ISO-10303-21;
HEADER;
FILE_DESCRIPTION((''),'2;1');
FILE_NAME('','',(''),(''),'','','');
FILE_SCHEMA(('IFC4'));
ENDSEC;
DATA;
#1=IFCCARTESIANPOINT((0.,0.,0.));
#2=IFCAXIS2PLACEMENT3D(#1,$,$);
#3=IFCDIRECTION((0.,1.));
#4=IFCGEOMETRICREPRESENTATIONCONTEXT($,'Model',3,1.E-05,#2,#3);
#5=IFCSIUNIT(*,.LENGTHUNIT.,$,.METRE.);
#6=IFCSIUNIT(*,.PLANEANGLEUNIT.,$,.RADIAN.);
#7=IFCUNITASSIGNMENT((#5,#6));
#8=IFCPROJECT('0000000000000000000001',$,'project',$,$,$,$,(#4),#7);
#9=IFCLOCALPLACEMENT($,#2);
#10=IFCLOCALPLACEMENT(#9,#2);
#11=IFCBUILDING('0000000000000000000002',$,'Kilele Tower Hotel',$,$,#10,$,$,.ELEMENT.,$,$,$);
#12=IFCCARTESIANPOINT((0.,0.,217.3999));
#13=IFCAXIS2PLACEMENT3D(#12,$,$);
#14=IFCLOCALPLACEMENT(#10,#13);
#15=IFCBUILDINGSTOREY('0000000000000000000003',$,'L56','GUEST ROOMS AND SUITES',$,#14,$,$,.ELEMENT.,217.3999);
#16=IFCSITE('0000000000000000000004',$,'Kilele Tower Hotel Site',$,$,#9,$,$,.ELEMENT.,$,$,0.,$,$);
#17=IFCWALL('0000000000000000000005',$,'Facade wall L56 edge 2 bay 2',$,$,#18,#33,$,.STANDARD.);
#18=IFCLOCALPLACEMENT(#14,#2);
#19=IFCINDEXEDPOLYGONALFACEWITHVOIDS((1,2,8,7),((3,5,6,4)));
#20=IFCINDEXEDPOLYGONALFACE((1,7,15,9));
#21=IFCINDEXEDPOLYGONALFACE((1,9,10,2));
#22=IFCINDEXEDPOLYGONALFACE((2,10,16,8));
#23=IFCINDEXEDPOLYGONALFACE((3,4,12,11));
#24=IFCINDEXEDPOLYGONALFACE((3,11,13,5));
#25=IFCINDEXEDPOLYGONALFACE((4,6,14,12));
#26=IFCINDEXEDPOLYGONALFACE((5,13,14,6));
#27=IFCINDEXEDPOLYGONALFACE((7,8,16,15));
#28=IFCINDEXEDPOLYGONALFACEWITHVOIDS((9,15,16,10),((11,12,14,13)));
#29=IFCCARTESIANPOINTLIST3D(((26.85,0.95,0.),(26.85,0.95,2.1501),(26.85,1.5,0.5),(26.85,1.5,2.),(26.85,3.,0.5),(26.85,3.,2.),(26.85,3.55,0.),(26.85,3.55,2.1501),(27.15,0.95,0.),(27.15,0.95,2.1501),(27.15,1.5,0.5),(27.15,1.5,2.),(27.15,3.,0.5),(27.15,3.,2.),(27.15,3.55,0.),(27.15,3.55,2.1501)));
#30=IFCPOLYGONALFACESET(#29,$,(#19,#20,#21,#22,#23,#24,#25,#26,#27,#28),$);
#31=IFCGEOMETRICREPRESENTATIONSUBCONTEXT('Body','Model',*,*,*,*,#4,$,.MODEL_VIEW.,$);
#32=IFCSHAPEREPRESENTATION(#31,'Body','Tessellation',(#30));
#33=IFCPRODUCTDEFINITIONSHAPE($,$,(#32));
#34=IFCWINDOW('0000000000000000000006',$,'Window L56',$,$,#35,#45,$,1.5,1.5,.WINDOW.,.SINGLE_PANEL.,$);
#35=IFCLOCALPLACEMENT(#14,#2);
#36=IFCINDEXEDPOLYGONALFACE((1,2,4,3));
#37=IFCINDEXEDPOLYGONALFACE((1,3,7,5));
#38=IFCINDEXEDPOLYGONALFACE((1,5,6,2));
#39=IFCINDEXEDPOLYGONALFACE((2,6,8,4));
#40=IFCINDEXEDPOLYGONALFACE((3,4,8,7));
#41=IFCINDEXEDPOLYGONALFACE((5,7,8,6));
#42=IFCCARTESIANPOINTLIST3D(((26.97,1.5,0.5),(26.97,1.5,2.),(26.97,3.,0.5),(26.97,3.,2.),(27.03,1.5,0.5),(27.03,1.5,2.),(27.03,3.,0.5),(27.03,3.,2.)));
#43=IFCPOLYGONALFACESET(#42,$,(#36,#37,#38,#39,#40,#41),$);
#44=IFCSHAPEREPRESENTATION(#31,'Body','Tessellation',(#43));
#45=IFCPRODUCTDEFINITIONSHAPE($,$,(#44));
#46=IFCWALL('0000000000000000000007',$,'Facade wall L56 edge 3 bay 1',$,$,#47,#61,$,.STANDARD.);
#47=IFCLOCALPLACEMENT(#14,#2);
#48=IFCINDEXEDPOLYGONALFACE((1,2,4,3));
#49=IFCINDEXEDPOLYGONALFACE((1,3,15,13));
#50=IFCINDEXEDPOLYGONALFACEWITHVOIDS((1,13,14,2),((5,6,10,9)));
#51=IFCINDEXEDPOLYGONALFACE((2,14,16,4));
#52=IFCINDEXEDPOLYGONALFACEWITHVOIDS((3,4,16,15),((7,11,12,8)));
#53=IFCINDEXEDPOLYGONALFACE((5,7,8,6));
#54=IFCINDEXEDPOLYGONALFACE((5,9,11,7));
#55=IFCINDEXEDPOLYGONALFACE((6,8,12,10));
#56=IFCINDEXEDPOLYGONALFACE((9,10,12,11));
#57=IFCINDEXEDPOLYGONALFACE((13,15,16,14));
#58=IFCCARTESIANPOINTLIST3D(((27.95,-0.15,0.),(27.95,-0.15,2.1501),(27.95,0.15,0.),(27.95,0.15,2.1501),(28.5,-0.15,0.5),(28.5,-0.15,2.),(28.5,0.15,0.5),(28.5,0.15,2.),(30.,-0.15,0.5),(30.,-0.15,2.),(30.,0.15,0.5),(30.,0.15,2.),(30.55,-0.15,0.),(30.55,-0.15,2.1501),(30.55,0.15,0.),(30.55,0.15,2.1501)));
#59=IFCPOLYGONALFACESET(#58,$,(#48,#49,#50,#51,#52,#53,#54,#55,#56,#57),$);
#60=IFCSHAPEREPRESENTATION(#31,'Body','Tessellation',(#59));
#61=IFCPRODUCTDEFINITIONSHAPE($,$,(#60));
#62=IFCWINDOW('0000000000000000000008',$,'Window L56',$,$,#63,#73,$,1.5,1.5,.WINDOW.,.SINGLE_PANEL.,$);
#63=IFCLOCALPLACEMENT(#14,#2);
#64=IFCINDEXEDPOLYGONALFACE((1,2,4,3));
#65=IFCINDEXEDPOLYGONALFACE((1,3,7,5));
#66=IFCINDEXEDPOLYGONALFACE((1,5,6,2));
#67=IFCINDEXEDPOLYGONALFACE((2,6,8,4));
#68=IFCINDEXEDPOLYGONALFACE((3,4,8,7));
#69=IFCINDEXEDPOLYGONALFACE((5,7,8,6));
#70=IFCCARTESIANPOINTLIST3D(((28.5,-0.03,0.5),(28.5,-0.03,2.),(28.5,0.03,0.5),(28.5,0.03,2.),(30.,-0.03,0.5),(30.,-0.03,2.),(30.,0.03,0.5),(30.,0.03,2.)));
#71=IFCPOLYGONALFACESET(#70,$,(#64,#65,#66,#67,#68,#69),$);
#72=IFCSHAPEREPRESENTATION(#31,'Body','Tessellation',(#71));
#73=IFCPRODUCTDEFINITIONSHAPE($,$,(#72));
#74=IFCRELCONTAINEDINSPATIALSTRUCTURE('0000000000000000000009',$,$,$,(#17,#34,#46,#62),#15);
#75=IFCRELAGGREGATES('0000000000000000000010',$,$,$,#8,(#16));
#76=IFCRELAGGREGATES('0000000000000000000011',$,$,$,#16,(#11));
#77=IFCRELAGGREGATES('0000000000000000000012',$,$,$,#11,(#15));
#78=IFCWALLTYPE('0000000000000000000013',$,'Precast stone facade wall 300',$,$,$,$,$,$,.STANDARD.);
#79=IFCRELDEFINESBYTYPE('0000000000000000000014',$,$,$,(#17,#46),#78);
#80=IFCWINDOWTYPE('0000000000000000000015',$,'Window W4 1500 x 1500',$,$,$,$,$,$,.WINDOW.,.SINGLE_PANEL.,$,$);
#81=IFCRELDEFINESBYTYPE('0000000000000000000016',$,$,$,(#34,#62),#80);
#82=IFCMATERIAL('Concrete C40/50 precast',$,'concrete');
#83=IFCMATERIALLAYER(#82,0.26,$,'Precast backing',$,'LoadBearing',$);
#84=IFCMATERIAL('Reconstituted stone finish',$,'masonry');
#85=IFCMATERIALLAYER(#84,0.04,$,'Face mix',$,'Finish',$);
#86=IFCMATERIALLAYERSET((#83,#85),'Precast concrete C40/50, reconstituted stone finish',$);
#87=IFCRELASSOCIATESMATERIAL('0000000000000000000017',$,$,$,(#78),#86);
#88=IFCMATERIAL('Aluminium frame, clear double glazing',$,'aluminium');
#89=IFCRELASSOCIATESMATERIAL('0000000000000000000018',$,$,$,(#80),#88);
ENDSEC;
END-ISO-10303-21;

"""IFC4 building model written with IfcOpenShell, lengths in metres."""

from ifc_helpers import new_model, si_unit, direction, frame, frame_2d, origin, place, context, subcontext, project, spatial, rectangle, extrude, material, layer, layer_set, type_object, element, fill, save


model = new_model("IFC4")

# Units and contexts
model_context = context("Model", 3, precision=1e-05, world=origin(), true_north=direction((0.0, 1.0)))
body_context = subcontext(model_context, "Body", "Model", "MODEL_VIEW")
ifc_project = project(units=[si_unit("LENGTHUNIT", "METRE"), si_unit("PLANEANGLEUNIT", "RADIAN")], contexts=[model_context])

# Site, building, storey
site_placement = place(None, origin())
site = spatial("IfcSite", under=ifc_project, at=site_placement, Name="Kilele Tower Hotel Site", CompositionType="ELEMENT", RefElevation=0.0)
building_placement = place(site_placement, origin())
building = spatial("IfcBuilding", under=site, at=building_placement, Name="Kilele Tower Hotel", CompositionType="ELEMENT")
storey_placement = place(building_placement, frame((0.0, 0.0, 217.3999)))
storey = spatial("IfcBuildingStorey", under=building, at=storey_placement, Name="L56", Description="GUEST ROOMS AND SUITES", CompositionType="ELEMENT", Elevation=217.3999)

# Shared definitions
ifc_material_1 = material(Name="Concrete C40/50 precast", Category="concrete")
ifc_layer_1 = layer(ifc_material_1, 0.26, Name="Precast backing", Category="LoadBearing")
ifc_material_2 = material(Name="Reconstituted stone finish", Category="masonry")
ifc_layer_2 = layer(ifc_material_2, 0.04, Name="Face mix", Category="Finish")
ifc_layer_set_1 = layer_set([ifc_layer_1, ifc_layer_2], Name="Precast concrete C40/50, reconstituted stone finish")
wall_type_1 = type_object("IfcWallType", Name="Precast stone facade wall 300", PredefinedType="STANDARD", material=ifc_layer_set_1)

# Walls, openings, windows
ifc_material_3 = material(Name="Aluminium frame, clear double glazing", Category="aluminium")
window_type = type_object("IfcWindowType", Name="Window W4 1500 x 1500", PartitioningType="SINGLE_PANEL", PredefinedType="WINDOW", material=ifc_material_3)
wall_1_placement = place(storey_placement, frame((27.0, 3.55, 0.0), z_axis=(0.0, 0.0, 1.0), x_axis=(0.0, -1.0, 0.0)))
wall_1 = element("IfcWall", 1, at=wall_1_placement, inside=storey, type_object=wall_type_1, Name="Facade wall L56 edge 2 bay 2", PredefinedType="STANDARD", context=body_context, shape_type="SweptSolid", body=[
    extrude(rectangle(XDim=2.6001, YDim=0.3, at=frame_2d((1.3, 0.0))), origin(), (0.0, 0.0, 1.0), 2.1501),
])
opening_1_placement = place(wall_1_placement, frame((0.55, 0.0, 0.5)))
opening_1 = element("IfcOpeningElement", 2, at=opening_1_placement, cuts=wall_1, PredefinedType="OPENING", context=body_context, shape_type="SweptSolid", body=[
    extrude(rectangle(XDim=1.5, YDim=1.5, at=frame_2d((0.75, 0.75))), frame((0.0, 0.1599, 0.0), z_axis=(0.0, -1.0, 0.0), x_axis=(1.0, 0.0, 0.0)), (0.0, 0.0, 1.0), 0.3201),
])
window_1_placement = place(opening_1_placement, origin())
window_1 = element("IfcWindow", 3, at=window_1_placement, inside=storey, type_object=window_type, Name="Window L56", OverallHeight=1.5, OverallWidth=1.5, PartitioningType="SINGLE_PANEL", PredefinedType="WINDOW", context=body_context, shape_type="SweptSolid", body=[
    extrude(rectangle(XDim=1.5, YDim=1.5, at=frame_2d((0.75, 0.75))), frame((0.0, 0.03, 0.0), z_axis=(0.0, -1.0, 0.0), x_axis=(1.0, 0.0, 0.0)), (0.0, 0.0, 1.0), 0.0601),
])
fill(opening_1, window_1)
wall_2_placement = place(storey_placement, frame((27.95, 0.0, 0.0), z_axis=(0.0, 0.0, 1.0), x_axis=(1.0, 0.0, 0.0)))
wall_2 = element("IfcWall", 4, at=wall_2_placement, inside=storey, type_object=wall_type_1, Name="Facade wall L56 edge 3 bay 1", PredefinedType="STANDARD", context=body_context, shape_type="SweptSolid", body=[
    extrude(rectangle(XDim=2.6001, YDim=0.3, at=frame_2d((1.3, 0.0))), origin(), (0.0, 0.0, 1.0), 2.1501),
])
opening_2_placement = place(wall_2_placement, frame((0.55, 0.0, 0.5)))
opening_2 = element("IfcOpeningElement", 5, at=opening_2_placement, cuts=wall_2, PredefinedType="OPENING", context=body_context, shape_type="SweptSolid", body=[
    extrude(rectangle(XDim=1.5, YDim=1.5, at=frame_2d((0.75, 0.75))), frame((0.0, 0.1599, 0.0), z_axis=(0.0, -1.0, 0.0), x_axis=(1.0, 0.0, 0.0)), (0.0, 0.0, 1.0), 0.3201),
])
window_2_placement = place(opening_2_placement, origin())
window_2 = element("IfcWindow", 6, at=window_2_placement, inside=storey, type_object=window_type, Name="Window L56", OverallHeight=1.5, OverallWidth=1.5, PartitioningType="SINGLE_PANEL", PredefinedType="WINDOW", context=body_context, shape_type="SweptSolid", body=[
    extrude(rectangle(XDim=1.5, YDim=1.5, at=frame_2d((0.75, 0.75))), frame((0.0, 0.03, 0.0), z_axis=(0.0, -1.0, 0.0), x_axis=(1.0, 0.0, 0.0)), (0.0, 0.0, 1.0), 0.0601),
])
fill(opening_2, window_2)

save(model, "model.ifc")
